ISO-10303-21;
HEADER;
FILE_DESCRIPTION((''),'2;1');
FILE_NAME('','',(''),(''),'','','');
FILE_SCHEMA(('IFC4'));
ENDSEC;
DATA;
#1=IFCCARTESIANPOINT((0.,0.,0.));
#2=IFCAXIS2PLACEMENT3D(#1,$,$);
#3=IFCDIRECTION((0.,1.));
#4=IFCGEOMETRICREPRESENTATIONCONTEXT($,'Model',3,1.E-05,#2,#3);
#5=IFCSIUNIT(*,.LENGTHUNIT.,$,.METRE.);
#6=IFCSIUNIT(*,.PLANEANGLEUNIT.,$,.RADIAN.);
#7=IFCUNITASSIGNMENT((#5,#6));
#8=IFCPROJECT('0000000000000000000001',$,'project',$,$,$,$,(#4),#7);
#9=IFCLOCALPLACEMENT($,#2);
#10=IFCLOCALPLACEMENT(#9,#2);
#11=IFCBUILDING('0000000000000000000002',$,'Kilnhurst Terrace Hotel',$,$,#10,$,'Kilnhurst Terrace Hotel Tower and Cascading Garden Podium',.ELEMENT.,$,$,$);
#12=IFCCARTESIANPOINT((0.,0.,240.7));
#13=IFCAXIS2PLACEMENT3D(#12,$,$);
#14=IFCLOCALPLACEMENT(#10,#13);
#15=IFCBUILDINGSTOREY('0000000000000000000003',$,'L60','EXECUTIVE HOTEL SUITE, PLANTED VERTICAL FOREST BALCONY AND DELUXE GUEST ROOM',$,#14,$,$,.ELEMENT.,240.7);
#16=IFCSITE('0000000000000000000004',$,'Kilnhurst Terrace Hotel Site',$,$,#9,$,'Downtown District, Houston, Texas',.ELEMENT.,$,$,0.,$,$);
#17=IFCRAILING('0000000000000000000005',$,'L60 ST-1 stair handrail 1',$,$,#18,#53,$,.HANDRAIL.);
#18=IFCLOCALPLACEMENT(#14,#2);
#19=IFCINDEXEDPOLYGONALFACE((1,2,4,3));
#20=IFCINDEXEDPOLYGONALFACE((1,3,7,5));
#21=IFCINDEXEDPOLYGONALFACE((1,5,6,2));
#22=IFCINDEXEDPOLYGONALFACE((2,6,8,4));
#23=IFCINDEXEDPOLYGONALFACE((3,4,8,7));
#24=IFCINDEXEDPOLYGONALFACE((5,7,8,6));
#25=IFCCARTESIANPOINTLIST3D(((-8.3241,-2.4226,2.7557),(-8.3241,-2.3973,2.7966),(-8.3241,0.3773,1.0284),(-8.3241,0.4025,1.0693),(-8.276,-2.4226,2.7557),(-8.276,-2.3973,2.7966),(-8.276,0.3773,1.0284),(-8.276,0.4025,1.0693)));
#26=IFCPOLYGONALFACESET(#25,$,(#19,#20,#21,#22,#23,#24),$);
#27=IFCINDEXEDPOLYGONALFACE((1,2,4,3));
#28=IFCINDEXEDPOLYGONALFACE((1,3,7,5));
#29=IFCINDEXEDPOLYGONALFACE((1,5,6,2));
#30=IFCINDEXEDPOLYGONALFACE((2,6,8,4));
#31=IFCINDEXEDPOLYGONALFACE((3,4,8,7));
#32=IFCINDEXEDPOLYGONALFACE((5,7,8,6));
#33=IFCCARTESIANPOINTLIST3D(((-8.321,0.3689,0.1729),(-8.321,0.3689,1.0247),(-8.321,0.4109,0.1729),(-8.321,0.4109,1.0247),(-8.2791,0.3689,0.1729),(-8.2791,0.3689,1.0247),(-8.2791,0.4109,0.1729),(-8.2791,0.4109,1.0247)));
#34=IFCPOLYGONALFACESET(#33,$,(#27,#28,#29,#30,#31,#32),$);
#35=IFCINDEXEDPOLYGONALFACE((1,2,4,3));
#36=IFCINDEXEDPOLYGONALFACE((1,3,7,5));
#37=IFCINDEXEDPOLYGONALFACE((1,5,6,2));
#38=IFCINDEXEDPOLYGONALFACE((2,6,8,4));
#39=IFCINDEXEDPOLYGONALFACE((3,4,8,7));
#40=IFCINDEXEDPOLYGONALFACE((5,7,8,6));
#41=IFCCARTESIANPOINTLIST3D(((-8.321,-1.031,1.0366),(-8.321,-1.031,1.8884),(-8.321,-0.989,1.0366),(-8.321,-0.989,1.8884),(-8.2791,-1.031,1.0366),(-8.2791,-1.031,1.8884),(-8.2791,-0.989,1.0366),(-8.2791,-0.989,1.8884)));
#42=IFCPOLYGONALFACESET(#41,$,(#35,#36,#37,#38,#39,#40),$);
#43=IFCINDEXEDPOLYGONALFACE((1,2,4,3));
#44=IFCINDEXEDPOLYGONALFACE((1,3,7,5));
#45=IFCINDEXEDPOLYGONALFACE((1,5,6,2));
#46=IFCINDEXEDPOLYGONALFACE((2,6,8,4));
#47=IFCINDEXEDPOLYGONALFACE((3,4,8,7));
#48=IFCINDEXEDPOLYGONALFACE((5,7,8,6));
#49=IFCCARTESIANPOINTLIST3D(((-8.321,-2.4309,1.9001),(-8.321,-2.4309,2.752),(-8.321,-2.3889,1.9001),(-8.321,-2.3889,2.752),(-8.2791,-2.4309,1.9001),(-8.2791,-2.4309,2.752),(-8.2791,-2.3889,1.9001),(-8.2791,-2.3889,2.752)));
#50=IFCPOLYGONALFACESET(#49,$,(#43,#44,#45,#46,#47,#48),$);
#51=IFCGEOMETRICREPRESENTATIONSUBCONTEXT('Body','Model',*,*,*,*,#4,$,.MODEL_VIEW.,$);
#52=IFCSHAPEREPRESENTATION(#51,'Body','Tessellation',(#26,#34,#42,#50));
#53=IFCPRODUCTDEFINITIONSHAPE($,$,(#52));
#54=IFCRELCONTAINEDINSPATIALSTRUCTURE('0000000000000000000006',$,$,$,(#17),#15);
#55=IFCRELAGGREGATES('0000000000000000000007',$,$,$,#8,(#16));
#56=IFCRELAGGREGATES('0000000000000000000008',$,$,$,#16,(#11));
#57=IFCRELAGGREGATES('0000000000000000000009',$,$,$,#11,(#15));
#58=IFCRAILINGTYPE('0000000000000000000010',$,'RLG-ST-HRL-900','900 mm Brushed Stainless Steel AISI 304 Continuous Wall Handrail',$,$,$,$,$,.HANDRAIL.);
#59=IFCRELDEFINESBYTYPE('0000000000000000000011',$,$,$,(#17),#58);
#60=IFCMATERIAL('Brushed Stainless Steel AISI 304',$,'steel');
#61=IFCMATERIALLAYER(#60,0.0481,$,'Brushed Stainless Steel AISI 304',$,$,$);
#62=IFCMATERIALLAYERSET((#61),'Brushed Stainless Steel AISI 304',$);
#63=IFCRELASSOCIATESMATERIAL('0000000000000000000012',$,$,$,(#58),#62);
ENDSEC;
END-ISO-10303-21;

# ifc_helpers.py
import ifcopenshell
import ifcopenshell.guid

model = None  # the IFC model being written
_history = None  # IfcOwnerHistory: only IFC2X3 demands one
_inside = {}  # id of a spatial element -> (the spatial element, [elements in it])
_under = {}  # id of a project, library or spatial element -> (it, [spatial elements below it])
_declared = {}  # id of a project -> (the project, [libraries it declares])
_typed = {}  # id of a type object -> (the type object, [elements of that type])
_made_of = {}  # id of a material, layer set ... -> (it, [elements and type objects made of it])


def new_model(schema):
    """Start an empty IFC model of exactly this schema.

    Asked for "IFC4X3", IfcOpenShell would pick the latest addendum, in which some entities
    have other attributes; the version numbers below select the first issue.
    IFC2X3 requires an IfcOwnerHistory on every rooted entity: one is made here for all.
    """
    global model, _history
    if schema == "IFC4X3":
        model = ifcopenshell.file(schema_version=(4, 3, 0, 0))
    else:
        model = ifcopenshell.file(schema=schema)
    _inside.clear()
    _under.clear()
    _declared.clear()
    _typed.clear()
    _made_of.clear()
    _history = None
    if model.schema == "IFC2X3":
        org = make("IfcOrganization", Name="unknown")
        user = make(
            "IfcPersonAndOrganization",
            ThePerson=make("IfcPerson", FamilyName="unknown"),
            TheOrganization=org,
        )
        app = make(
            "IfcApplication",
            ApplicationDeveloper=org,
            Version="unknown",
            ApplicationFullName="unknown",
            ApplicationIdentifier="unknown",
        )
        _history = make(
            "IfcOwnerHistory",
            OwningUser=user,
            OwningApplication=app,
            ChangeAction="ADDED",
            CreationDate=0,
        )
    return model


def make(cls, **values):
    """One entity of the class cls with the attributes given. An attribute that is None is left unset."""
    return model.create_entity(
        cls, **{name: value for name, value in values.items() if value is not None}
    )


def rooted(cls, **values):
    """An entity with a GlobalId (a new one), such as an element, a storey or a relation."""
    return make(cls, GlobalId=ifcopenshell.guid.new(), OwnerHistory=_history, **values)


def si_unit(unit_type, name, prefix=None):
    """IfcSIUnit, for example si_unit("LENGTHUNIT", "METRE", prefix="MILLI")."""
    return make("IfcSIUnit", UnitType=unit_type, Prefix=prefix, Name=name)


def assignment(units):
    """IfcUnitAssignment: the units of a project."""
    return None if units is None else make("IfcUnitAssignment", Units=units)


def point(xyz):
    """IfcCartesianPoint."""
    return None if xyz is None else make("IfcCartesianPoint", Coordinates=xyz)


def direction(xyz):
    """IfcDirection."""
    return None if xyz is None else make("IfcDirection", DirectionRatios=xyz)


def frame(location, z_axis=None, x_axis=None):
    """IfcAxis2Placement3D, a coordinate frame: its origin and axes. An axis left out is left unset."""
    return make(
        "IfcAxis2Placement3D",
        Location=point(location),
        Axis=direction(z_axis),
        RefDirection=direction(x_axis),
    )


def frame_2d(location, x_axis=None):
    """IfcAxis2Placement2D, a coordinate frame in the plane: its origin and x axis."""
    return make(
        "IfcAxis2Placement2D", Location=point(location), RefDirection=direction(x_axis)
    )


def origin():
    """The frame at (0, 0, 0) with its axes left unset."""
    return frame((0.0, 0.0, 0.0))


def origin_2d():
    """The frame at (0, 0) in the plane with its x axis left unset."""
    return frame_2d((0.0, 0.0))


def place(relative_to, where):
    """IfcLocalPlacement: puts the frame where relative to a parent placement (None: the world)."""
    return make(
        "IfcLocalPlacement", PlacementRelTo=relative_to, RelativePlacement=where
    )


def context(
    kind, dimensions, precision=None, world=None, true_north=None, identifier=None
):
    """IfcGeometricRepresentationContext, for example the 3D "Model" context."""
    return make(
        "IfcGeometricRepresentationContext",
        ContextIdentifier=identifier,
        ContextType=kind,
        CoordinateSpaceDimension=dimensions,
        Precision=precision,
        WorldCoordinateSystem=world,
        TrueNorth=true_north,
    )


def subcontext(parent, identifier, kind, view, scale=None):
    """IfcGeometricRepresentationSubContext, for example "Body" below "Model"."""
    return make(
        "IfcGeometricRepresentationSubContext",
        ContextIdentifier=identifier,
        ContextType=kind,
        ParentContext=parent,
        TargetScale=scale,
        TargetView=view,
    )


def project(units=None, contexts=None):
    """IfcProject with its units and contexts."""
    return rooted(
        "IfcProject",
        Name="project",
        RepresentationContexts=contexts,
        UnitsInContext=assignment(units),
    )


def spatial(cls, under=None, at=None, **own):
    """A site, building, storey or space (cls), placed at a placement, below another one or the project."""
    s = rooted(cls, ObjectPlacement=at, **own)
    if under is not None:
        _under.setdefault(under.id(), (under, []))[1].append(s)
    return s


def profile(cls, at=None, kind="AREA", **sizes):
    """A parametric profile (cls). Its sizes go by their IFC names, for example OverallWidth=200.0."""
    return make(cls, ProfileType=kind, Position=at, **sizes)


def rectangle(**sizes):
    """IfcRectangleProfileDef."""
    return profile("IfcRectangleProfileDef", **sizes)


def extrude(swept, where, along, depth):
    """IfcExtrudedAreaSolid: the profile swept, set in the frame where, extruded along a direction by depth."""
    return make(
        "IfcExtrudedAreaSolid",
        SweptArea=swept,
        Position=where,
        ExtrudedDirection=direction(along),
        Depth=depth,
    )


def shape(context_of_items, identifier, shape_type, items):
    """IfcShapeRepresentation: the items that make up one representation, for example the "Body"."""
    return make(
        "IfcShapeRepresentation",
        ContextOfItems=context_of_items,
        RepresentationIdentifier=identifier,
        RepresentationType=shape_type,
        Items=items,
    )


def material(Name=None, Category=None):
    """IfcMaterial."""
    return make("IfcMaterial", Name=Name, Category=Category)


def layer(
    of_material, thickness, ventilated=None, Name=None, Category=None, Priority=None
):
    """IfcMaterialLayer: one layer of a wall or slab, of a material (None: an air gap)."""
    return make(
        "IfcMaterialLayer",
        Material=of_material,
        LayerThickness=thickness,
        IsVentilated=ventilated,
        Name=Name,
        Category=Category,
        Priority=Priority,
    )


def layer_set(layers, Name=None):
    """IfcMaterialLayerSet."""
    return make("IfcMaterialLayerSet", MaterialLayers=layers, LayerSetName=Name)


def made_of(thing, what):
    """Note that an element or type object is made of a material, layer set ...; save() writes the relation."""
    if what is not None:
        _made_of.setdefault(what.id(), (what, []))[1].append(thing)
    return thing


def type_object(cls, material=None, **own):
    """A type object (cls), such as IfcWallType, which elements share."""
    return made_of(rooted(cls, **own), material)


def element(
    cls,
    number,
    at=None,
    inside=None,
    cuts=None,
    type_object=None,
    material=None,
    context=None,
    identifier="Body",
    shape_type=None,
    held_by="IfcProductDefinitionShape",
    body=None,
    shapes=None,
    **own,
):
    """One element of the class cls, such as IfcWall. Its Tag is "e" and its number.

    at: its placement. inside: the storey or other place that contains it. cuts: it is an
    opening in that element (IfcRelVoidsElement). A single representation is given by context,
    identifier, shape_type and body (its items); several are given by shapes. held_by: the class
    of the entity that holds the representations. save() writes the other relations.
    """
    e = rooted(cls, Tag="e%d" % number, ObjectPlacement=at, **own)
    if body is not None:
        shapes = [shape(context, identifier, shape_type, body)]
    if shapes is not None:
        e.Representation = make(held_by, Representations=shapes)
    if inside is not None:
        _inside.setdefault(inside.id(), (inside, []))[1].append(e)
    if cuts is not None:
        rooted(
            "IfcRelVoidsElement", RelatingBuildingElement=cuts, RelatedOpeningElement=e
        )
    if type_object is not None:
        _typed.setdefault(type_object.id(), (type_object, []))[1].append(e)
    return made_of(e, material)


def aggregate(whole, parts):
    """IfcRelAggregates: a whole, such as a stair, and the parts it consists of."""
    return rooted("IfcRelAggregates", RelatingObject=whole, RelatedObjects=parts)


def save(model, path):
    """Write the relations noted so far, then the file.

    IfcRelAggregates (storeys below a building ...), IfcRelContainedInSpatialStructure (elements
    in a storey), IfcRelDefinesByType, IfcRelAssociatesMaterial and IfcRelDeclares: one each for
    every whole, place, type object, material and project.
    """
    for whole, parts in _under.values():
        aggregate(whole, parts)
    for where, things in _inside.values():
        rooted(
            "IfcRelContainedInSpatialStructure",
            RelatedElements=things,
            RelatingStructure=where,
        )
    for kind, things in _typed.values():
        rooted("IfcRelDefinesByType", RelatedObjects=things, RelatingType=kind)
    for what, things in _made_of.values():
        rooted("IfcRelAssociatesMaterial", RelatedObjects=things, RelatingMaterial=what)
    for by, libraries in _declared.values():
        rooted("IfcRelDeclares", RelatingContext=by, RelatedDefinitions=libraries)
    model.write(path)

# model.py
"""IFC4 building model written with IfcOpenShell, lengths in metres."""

from ifc_helpers import new_model, si_unit, direction, frame, origin, origin_2d, place, context, subcontext, project, spatial, rectangle, extrude, material, layer, layer_set, type_object, element, save


model = new_model("IFC4")

# Units and contexts
model_context = context("Model", 3, precision=1e-05, world=origin(), true_north=direction((0.0, 1.0)))
body_context = subcontext(model_context, "Body", "Model", "MODEL_VIEW")
ifc_project = project(units=[si_unit("LENGTHUNIT", "METRE"), si_unit("PLANEANGLEUNIT", "RADIAN")], contexts=[model_context])

# Site, building, storey
site_placement = place(None, origin())
site = spatial("IfcSite", under=ifc_project, at=site_placement, Name="Kilnhurst Terrace Hotel Site", LongName="Downtown District, Houston, Texas", CompositionType="ELEMENT", RefElevation=0.0)
building_placement = place(site_placement, origin())
building = spatial("IfcBuilding", under=site, at=building_placement, Name="Kilnhurst Terrace Hotel", LongName="Kilnhurst Terrace Hotel Tower and Cascading Garden Podium", CompositionType="ELEMENT")
storey_placement = place(building_placement, frame((0.0, 0.0, 240.7)))
storey = spatial("IfcBuildingStorey", under=building, at=storey_placement, Name="L60", Description="EXECUTIVE HOTEL SUITE, PLANTED VERTICAL FOREST BALCONY AND DELUXE GUEST ROOM", CompositionType="ELEMENT", Elevation=240.7)

# Railing
ifc_material_1 = material(Name="Brushed Stainless Steel AISI 304", Category="steel")
ifc_layer_1 = layer(ifc_material_1, 0.0481, Name="Brushed Stainless Steel AISI 304")
ifc_layer_set_1 = layer_set([ifc_layer_1], Name="Brushed Stainless Steel AISI 304")
railing_type_1 = type_object("IfcRailingType", Name="RLG-ST-HRL-900", Description="900 mm Brushed Stainless Steel AISI 304 Continuous Wall Handrail", PredefinedType="HANDRAIL", material=ifc_layer_set_1)
railing_1_placement = place(storey_placement, frame((-8.3, 0.3899, 0.1729)))
element("IfcRailing", 1, at=railing_1_placement, inside=storey, type_object=railing_type_1, Name="L60 ST-1 stair handrail 1", PredefinedType="HANDRAIL", context=body_context, shape_type="SweptSolid", body=[
    extrude(rectangle(XDim=0.0481, YDim=0.0481, at=origin_2d()), frame((0.0, 0.0, 0.876), z_axis=(0.0, -0.851069, 0.525054), x_axis=(1.0, 0.0, 0.0)), (0.0, 0.0, 1.0), 3.2898),
    extrude(rectangle(XDim=0.042, YDim=0.042, at=origin_2d()), origin(), (0.0, 0.0, 1.0), 0.8518),
    extrude(rectangle(XDim=0.042, YDim=0.042, at=origin_2d()), frame((0.0, -1.3999, 0.8638)), (0.0, 0.0, 1.0), 0.8518),
    extrude(rectangle(XDim=0.042, YDim=0.042, at=origin_2d()), frame((0.0, -2.7998, 1.7273)), (0.0, 0.0, 1.0), 0.8518),
])

save(model, "model.ifc")
